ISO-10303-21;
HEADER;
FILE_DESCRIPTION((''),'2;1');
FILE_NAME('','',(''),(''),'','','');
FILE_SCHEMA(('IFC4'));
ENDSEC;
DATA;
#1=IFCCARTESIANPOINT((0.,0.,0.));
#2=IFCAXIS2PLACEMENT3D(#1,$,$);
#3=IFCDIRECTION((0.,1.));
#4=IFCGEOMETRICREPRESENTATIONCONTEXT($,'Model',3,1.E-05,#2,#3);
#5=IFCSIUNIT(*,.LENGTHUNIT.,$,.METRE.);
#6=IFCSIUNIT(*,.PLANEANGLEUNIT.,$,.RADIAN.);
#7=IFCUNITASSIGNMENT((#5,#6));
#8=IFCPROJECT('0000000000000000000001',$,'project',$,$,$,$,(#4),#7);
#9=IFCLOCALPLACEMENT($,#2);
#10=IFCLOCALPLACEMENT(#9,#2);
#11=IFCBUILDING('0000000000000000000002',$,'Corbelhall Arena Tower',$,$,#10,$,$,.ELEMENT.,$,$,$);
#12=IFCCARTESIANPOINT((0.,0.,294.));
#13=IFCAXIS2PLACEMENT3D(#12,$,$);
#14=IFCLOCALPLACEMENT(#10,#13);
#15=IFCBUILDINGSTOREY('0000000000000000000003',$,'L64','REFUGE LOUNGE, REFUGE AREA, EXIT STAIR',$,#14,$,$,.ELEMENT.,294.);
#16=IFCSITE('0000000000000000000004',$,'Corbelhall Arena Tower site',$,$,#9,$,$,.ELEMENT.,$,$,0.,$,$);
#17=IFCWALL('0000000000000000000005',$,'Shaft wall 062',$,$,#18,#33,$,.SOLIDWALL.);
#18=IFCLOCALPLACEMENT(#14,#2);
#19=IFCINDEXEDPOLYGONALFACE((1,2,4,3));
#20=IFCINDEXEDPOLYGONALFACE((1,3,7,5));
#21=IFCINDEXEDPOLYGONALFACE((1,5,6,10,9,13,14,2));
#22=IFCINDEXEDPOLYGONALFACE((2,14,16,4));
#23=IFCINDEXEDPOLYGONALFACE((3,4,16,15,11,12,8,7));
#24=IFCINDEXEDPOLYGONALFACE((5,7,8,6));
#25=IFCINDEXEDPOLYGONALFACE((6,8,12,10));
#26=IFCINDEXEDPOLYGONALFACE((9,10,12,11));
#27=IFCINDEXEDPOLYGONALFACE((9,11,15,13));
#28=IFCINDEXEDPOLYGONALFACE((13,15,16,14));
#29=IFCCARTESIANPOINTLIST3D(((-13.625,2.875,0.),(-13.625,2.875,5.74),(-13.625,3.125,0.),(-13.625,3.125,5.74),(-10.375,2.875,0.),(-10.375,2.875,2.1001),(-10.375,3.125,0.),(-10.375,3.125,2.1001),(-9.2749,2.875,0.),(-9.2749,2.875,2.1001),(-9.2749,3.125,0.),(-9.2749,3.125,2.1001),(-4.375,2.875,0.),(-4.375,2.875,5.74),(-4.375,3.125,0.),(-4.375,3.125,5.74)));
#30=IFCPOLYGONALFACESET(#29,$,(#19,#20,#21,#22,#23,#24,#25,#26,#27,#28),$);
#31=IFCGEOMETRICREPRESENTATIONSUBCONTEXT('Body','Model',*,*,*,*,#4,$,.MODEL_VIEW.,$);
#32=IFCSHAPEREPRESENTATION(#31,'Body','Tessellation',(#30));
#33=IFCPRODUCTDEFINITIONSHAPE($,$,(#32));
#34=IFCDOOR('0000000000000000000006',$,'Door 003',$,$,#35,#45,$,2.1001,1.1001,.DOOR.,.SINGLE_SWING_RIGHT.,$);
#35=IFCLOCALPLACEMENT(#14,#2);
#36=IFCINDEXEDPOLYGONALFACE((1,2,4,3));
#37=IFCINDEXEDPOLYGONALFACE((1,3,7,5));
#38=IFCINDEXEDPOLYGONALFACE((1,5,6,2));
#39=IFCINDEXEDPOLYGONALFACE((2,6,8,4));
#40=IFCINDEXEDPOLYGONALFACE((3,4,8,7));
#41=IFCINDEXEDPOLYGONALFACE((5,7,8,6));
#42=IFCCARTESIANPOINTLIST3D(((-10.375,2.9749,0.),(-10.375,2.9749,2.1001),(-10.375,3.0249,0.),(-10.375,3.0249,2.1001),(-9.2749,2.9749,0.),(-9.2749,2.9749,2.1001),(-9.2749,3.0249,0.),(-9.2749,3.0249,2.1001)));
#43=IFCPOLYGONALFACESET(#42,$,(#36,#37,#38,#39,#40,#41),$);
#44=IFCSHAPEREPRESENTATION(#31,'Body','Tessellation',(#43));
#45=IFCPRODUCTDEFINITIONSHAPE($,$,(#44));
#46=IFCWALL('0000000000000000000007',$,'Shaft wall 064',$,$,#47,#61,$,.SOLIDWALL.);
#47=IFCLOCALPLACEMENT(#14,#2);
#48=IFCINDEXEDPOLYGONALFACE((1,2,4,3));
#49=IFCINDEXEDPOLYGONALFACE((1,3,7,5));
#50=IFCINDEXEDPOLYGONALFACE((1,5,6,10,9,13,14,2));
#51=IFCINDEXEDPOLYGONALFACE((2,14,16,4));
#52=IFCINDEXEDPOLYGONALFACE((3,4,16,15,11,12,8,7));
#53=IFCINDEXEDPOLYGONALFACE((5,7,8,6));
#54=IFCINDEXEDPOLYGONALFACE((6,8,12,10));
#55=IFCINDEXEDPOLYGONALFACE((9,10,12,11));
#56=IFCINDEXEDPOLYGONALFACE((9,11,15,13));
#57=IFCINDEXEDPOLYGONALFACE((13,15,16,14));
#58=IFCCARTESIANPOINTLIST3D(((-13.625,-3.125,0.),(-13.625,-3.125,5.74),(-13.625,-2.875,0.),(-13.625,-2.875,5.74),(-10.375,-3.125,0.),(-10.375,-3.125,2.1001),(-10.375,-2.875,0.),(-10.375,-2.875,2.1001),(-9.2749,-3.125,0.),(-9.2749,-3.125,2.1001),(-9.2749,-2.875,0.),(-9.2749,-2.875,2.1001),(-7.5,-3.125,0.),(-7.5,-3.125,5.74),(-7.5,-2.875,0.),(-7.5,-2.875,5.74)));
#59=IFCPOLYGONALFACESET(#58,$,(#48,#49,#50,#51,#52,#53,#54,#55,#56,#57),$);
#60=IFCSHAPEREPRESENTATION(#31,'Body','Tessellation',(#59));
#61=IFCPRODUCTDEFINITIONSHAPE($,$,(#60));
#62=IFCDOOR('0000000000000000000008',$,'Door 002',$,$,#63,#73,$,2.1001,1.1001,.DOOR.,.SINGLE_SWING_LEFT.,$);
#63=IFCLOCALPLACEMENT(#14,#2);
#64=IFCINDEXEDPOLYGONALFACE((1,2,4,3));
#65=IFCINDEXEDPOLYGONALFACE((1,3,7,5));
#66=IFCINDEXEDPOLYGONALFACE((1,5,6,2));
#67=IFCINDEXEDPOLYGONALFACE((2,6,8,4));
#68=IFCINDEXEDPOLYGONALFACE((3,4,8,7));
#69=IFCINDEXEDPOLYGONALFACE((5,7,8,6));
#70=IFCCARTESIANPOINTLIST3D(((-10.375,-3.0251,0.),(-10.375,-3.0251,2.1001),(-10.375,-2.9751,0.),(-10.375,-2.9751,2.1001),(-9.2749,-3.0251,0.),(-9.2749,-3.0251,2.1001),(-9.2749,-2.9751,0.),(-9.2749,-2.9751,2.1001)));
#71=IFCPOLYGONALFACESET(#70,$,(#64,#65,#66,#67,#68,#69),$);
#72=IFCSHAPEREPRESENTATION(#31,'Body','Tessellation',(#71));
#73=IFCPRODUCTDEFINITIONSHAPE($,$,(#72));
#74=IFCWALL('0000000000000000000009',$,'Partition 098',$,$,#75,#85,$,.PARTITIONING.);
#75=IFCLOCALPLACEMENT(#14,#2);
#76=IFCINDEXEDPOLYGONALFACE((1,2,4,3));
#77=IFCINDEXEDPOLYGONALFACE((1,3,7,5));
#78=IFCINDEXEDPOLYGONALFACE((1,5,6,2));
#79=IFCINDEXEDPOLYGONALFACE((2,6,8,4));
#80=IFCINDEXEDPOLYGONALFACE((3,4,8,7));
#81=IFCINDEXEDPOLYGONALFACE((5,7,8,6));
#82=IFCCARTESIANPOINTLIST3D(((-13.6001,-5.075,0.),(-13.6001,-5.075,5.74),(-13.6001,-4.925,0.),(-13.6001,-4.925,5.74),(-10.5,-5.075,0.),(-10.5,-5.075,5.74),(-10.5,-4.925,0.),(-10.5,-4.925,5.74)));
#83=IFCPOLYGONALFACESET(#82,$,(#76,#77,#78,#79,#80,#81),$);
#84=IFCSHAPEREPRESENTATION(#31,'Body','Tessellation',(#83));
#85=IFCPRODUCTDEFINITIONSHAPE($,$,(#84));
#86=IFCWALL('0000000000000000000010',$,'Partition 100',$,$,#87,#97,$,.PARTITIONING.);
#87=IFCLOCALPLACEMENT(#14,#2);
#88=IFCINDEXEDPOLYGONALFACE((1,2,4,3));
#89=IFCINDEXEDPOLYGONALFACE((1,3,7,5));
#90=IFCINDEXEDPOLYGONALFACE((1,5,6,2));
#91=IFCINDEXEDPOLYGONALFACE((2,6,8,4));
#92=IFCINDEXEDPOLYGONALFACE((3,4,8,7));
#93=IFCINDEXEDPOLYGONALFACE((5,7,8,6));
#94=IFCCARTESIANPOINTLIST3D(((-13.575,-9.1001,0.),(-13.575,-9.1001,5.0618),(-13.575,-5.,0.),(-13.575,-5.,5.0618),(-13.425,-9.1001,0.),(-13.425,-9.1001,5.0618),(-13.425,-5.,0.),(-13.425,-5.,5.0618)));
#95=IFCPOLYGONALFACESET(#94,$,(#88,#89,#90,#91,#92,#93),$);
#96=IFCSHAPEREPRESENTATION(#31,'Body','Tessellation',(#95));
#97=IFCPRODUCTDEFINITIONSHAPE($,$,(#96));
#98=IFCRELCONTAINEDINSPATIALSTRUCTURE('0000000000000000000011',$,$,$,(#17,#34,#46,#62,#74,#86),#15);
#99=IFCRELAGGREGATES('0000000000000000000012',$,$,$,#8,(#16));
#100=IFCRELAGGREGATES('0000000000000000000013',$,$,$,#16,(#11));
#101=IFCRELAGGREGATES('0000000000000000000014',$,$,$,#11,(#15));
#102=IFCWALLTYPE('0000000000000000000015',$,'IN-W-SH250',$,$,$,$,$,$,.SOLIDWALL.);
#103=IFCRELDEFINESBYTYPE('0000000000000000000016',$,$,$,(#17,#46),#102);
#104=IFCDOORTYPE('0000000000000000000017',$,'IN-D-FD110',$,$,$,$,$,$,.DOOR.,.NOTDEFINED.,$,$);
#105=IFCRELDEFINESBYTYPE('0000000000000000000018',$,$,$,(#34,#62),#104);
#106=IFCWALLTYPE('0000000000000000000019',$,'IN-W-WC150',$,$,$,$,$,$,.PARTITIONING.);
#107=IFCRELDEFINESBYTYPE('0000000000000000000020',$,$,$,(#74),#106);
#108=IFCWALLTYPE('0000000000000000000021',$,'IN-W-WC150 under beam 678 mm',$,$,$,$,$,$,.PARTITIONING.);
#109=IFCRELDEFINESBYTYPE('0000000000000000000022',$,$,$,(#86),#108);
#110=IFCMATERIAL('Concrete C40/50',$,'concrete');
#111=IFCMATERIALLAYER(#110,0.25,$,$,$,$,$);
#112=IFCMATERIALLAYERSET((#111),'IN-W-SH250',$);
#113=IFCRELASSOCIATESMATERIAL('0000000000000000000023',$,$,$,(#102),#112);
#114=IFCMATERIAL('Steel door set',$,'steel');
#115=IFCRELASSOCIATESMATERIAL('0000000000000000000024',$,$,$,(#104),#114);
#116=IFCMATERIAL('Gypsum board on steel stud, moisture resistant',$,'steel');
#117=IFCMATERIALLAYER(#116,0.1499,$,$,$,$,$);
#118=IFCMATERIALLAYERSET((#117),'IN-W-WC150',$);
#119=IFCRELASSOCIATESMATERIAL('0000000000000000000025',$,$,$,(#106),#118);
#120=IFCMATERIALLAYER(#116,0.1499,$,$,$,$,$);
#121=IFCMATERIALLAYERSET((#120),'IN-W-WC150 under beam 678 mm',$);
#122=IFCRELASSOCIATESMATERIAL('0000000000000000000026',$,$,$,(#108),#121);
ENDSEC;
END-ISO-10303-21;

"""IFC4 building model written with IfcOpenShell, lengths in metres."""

from ifc_helpers import new_model, si_unit, direction, frame, frame_2d, origin, place, context, subcontext, project, spatial, rectangle, extrude, material, layer, layer_set, type_object, element, fill, save


model = new_model("IFC4")

# Units and contexts
model_context = context("Model", 3, precision=1e-05, world=origin(), true_north=direction((0.0, 1.0)))
body_context = subcontext(model_context, "Body", "Model", "MODEL_VIEW")
ifc_project = project(units=[si_unit("LENGTHUNIT", "METRE"), si_unit("PLANEANGLEUNIT", "RADIAN")], contexts=[model_context])

# Site, building, storey
site_placement = place(None, origin())
site = spatial("IfcSite", under=ifc_project, at=site_placement, Name="Corbelhall Arena Tower site", CompositionType="ELEMENT", RefElevation=0.0)
building_placement = place(site_placement, origin())
building = spatial("IfcBuilding", under=site, at=building_placement, Name="Corbelhall Arena Tower", CompositionType="ELEMENT")
storey_placement = place(building_placement, frame((0.0, 0.0, 294.0)))
storey = spatial("IfcBuildingStorey", under=building, at=storey_placement, Name="L64", Description="REFUGE LOUNGE, REFUGE AREA, EXIT STAIR", CompositionType="ELEMENT", Elevation=294.0)

# Shared definitions
ifc_material_1 = material(Name="Concrete C40/50", Category="concrete")
ifc_layer_1 = layer(ifc_material_1, 0.25)
ifc_layer_set_1 = layer_set([ifc_layer_1], Name="IN-W-SH250")
wall_type_1 = type_object("IfcWallType", Name="IN-W-SH250", PredefinedType="SOLIDWALL", material=ifc_layer_set_1)

# Walls, openings, doors
wall_1_placement = place(storey_placement, frame((-13.625, 3.0, 0.0), z_axis=(0.0, 0.0, 1.0), x_axis=(1.0, 0.0, 0.0)))
wall_1 = element("IfcWall", 1, at=wall_1_placement, inside=storey, type_object=wall_type_1, Name="Shaft wall 062", PredefinedType="SOLIDWALL", context=body_context, shape_type="SweptSolid", body=[
    extrude(rectangle(XDim=9.25, YDim=0.25, at=frame_2d((4.625, 0.0))), origin(), (0.0, 0.0, 1.0), 5.74),
])
opening_1_placement = place(wall_1_placement, frame((3.25, 0.0, 0.0)))
opening_1 = element("IfcOpeningElement", 2, at=opening_1_placement, cuts=wall_1, PredefinedType="OPENING", context=body_context, shape_type="SweptSolid", body=[
    extrude(rectangle(XDim=1.1001, YDim=2.1001, at=frame_2d((0.55, 1.05))), frame((0.0, 0.125, 0.0), z_axis=(0.0, -1.0, 0.0), x_axis=(1.0, 0.0, 0.0)), (0.0, 0.0, 1.0), 0.25),
])
ifc_material_2 = material(Name="Steel door set", Category="steel")
door_type = type_object("IfcDoorType", Name="IN-D-FD110", OperationType="NOTDEFINED", PredefinedType="DOOR", material=ifc_material_2)
door_1_placement = place(opening_1_placement, origin())
door_1 = element("IfcDoor", 3, at=door_1_placement, inside=storey, type_object=door_type, Name="Door 003", OperationType="SINGLE_SWING_RIGHT", OverallHeight=2.1001, OverallWidth=1.1001, PredefinedType="DOOR", context=body_context, shape_type="SweptSolid", body=[
    extrude(rectangle(XDim=1.1001, YDim=2.1001, at=frame_2d((0.55, 1.05))), frame((0.0, 0.0249, 0.0), z_axis=(0.0, -1.0, 0.0), x_axis=(1.0, 0.0, 0.0)), (0.0, 0.0, 1.0), 0.05),
])
fill(opening_1, door_1)
wall_2_placement = place(storey_placement, frame((-13.625, -3.0, 0.0), z_axis=(0.0, 0.0, 1.0), x_axis=(1.0, 0.0, 0.0)))
wall_2 = element("IfcWall", 4, at=wall_2_placement, inside=storey, type_object=wall_type_1, Name="Shaft wall 064", PredefinedType="SOLIDWALL", context=body_context, shape_type="SweptSolid", body=[
    extrude(rectangle(XDim=6.125, YDim=0.25, at=frame_2d((3.0625, 0.0))), origin(), (0.0, 0.0, 1.0), 5.74),
])
opening_2_placement = place(wall_2_placement, frame((3.25, 0.0, 0.0)))
opening_2 = element("IfcOpeningElement", 5, at=opening_2_placement, cuts=wall_2, PredefinedType="OPENING", context=body_context, shape_type="SweptSolid", body=[
    extrude(rectangle(XDim=1.1001, YDim=2.1001, at=frame_2d((0.55, 1.05))), frame((0.0, 0.125, 0.0), z_axis=(0.0, -1.0, 0.0), x_axis=(1.0, 0.0, 0.0)), (0.0, 0.0, 1.0), 0.25),
])
door_2_placement = place(opening_2_placement, origin())
door_2 = element("IfcDoor", 6, at=door_2_placement, inside=storey, type_object=door_type, Name="Door 002", OperationType="SINGLE_SWING_LEFT", OverallHeight=2.1001, OverallWidth=1.1001, PredefinedType="DOOR", context=body_context, shape_type="SweptSolid", body=[
    extrude(rectangle(XDim=1.1001, YDim=2.1001, at=frame_2d((0.55, 1.05))), frame((0.0, 0.0249, 0.0), z_axis=(0.0, -1.0, 0.0), x_axis=(1.0, 0.0, 0.0)), (0.0, 0.0, 1.0), 0.05),
])
fill(opening_2, door_2)

# Walls
ifc_material_3 = material(Name="Gypsum board on steel stud, moisture resistant", Category="steel")
ifc_layer_2 = layer(ifc_material_3, 0.1499)
ifc_layer_set_2 = layer_set([ifc_layer_2], Name="IN-W-WC150")
wall_type_2 = type_object("IfcWallType", Name="IN-W-WC150", PredefinedType="PARTITIONING", material=ifc_layer_set_2)
wall_3_placement = place(storey_placement, frame((-13.6001, -5.0, 0.0), z_axis=(0.0, 0.0, 1.0), x_axis=(1.0, 0.0, 0.0)))
element("IfcWall", 7, at=wall_3_placement, inside=storey, type_object=wall_type_2, Name="Partition 098", PredefinedType="PARTITIONING", context=body_context, shape_type="SweptSolid", body=[
    extrude(rectangle(XDim=3.1001, YDim=0.1499, at=frame_2d((1.55, 0.0))), origin(), (0.0, 0.0, 1.0), 5.74),
])
ifc_layer_3 = layer(ifc_material_3, 0.1499)
ifc_layer_set_3 = layer_set([ifc_layer_3], Name="IN-W-WC150 under beam 678 mm")
wall_type_3 = type_object("IfcWallType", Name="IN-W-WC150 under beam 678 mm", PredefinedType="PARTITIONING", material=ifc_layer_set_3)
wall_4_placement = place(storey_placement, frame((-13.5, -9.1001, 0.0), z_axis=(0.0, 0.0, 1.0), x_axis=(0.0, 1.0, 0.0)))
element("IfcWall", 8, at=wall_4_placement, inside=storey, type_object=wall_type_3, Name="Partition 100", PredefinedType="PARTITIONING", context=body_context, shape_type="SweptSolid", body=[
    extrude(rectangle(XDim=4.1001, YDim=0.1499, at=frame_2d((2.05, 0.0))), origin(), (0.0, 0.0, 1.0), 5.0618),
])

save(model, "model.ifc")
